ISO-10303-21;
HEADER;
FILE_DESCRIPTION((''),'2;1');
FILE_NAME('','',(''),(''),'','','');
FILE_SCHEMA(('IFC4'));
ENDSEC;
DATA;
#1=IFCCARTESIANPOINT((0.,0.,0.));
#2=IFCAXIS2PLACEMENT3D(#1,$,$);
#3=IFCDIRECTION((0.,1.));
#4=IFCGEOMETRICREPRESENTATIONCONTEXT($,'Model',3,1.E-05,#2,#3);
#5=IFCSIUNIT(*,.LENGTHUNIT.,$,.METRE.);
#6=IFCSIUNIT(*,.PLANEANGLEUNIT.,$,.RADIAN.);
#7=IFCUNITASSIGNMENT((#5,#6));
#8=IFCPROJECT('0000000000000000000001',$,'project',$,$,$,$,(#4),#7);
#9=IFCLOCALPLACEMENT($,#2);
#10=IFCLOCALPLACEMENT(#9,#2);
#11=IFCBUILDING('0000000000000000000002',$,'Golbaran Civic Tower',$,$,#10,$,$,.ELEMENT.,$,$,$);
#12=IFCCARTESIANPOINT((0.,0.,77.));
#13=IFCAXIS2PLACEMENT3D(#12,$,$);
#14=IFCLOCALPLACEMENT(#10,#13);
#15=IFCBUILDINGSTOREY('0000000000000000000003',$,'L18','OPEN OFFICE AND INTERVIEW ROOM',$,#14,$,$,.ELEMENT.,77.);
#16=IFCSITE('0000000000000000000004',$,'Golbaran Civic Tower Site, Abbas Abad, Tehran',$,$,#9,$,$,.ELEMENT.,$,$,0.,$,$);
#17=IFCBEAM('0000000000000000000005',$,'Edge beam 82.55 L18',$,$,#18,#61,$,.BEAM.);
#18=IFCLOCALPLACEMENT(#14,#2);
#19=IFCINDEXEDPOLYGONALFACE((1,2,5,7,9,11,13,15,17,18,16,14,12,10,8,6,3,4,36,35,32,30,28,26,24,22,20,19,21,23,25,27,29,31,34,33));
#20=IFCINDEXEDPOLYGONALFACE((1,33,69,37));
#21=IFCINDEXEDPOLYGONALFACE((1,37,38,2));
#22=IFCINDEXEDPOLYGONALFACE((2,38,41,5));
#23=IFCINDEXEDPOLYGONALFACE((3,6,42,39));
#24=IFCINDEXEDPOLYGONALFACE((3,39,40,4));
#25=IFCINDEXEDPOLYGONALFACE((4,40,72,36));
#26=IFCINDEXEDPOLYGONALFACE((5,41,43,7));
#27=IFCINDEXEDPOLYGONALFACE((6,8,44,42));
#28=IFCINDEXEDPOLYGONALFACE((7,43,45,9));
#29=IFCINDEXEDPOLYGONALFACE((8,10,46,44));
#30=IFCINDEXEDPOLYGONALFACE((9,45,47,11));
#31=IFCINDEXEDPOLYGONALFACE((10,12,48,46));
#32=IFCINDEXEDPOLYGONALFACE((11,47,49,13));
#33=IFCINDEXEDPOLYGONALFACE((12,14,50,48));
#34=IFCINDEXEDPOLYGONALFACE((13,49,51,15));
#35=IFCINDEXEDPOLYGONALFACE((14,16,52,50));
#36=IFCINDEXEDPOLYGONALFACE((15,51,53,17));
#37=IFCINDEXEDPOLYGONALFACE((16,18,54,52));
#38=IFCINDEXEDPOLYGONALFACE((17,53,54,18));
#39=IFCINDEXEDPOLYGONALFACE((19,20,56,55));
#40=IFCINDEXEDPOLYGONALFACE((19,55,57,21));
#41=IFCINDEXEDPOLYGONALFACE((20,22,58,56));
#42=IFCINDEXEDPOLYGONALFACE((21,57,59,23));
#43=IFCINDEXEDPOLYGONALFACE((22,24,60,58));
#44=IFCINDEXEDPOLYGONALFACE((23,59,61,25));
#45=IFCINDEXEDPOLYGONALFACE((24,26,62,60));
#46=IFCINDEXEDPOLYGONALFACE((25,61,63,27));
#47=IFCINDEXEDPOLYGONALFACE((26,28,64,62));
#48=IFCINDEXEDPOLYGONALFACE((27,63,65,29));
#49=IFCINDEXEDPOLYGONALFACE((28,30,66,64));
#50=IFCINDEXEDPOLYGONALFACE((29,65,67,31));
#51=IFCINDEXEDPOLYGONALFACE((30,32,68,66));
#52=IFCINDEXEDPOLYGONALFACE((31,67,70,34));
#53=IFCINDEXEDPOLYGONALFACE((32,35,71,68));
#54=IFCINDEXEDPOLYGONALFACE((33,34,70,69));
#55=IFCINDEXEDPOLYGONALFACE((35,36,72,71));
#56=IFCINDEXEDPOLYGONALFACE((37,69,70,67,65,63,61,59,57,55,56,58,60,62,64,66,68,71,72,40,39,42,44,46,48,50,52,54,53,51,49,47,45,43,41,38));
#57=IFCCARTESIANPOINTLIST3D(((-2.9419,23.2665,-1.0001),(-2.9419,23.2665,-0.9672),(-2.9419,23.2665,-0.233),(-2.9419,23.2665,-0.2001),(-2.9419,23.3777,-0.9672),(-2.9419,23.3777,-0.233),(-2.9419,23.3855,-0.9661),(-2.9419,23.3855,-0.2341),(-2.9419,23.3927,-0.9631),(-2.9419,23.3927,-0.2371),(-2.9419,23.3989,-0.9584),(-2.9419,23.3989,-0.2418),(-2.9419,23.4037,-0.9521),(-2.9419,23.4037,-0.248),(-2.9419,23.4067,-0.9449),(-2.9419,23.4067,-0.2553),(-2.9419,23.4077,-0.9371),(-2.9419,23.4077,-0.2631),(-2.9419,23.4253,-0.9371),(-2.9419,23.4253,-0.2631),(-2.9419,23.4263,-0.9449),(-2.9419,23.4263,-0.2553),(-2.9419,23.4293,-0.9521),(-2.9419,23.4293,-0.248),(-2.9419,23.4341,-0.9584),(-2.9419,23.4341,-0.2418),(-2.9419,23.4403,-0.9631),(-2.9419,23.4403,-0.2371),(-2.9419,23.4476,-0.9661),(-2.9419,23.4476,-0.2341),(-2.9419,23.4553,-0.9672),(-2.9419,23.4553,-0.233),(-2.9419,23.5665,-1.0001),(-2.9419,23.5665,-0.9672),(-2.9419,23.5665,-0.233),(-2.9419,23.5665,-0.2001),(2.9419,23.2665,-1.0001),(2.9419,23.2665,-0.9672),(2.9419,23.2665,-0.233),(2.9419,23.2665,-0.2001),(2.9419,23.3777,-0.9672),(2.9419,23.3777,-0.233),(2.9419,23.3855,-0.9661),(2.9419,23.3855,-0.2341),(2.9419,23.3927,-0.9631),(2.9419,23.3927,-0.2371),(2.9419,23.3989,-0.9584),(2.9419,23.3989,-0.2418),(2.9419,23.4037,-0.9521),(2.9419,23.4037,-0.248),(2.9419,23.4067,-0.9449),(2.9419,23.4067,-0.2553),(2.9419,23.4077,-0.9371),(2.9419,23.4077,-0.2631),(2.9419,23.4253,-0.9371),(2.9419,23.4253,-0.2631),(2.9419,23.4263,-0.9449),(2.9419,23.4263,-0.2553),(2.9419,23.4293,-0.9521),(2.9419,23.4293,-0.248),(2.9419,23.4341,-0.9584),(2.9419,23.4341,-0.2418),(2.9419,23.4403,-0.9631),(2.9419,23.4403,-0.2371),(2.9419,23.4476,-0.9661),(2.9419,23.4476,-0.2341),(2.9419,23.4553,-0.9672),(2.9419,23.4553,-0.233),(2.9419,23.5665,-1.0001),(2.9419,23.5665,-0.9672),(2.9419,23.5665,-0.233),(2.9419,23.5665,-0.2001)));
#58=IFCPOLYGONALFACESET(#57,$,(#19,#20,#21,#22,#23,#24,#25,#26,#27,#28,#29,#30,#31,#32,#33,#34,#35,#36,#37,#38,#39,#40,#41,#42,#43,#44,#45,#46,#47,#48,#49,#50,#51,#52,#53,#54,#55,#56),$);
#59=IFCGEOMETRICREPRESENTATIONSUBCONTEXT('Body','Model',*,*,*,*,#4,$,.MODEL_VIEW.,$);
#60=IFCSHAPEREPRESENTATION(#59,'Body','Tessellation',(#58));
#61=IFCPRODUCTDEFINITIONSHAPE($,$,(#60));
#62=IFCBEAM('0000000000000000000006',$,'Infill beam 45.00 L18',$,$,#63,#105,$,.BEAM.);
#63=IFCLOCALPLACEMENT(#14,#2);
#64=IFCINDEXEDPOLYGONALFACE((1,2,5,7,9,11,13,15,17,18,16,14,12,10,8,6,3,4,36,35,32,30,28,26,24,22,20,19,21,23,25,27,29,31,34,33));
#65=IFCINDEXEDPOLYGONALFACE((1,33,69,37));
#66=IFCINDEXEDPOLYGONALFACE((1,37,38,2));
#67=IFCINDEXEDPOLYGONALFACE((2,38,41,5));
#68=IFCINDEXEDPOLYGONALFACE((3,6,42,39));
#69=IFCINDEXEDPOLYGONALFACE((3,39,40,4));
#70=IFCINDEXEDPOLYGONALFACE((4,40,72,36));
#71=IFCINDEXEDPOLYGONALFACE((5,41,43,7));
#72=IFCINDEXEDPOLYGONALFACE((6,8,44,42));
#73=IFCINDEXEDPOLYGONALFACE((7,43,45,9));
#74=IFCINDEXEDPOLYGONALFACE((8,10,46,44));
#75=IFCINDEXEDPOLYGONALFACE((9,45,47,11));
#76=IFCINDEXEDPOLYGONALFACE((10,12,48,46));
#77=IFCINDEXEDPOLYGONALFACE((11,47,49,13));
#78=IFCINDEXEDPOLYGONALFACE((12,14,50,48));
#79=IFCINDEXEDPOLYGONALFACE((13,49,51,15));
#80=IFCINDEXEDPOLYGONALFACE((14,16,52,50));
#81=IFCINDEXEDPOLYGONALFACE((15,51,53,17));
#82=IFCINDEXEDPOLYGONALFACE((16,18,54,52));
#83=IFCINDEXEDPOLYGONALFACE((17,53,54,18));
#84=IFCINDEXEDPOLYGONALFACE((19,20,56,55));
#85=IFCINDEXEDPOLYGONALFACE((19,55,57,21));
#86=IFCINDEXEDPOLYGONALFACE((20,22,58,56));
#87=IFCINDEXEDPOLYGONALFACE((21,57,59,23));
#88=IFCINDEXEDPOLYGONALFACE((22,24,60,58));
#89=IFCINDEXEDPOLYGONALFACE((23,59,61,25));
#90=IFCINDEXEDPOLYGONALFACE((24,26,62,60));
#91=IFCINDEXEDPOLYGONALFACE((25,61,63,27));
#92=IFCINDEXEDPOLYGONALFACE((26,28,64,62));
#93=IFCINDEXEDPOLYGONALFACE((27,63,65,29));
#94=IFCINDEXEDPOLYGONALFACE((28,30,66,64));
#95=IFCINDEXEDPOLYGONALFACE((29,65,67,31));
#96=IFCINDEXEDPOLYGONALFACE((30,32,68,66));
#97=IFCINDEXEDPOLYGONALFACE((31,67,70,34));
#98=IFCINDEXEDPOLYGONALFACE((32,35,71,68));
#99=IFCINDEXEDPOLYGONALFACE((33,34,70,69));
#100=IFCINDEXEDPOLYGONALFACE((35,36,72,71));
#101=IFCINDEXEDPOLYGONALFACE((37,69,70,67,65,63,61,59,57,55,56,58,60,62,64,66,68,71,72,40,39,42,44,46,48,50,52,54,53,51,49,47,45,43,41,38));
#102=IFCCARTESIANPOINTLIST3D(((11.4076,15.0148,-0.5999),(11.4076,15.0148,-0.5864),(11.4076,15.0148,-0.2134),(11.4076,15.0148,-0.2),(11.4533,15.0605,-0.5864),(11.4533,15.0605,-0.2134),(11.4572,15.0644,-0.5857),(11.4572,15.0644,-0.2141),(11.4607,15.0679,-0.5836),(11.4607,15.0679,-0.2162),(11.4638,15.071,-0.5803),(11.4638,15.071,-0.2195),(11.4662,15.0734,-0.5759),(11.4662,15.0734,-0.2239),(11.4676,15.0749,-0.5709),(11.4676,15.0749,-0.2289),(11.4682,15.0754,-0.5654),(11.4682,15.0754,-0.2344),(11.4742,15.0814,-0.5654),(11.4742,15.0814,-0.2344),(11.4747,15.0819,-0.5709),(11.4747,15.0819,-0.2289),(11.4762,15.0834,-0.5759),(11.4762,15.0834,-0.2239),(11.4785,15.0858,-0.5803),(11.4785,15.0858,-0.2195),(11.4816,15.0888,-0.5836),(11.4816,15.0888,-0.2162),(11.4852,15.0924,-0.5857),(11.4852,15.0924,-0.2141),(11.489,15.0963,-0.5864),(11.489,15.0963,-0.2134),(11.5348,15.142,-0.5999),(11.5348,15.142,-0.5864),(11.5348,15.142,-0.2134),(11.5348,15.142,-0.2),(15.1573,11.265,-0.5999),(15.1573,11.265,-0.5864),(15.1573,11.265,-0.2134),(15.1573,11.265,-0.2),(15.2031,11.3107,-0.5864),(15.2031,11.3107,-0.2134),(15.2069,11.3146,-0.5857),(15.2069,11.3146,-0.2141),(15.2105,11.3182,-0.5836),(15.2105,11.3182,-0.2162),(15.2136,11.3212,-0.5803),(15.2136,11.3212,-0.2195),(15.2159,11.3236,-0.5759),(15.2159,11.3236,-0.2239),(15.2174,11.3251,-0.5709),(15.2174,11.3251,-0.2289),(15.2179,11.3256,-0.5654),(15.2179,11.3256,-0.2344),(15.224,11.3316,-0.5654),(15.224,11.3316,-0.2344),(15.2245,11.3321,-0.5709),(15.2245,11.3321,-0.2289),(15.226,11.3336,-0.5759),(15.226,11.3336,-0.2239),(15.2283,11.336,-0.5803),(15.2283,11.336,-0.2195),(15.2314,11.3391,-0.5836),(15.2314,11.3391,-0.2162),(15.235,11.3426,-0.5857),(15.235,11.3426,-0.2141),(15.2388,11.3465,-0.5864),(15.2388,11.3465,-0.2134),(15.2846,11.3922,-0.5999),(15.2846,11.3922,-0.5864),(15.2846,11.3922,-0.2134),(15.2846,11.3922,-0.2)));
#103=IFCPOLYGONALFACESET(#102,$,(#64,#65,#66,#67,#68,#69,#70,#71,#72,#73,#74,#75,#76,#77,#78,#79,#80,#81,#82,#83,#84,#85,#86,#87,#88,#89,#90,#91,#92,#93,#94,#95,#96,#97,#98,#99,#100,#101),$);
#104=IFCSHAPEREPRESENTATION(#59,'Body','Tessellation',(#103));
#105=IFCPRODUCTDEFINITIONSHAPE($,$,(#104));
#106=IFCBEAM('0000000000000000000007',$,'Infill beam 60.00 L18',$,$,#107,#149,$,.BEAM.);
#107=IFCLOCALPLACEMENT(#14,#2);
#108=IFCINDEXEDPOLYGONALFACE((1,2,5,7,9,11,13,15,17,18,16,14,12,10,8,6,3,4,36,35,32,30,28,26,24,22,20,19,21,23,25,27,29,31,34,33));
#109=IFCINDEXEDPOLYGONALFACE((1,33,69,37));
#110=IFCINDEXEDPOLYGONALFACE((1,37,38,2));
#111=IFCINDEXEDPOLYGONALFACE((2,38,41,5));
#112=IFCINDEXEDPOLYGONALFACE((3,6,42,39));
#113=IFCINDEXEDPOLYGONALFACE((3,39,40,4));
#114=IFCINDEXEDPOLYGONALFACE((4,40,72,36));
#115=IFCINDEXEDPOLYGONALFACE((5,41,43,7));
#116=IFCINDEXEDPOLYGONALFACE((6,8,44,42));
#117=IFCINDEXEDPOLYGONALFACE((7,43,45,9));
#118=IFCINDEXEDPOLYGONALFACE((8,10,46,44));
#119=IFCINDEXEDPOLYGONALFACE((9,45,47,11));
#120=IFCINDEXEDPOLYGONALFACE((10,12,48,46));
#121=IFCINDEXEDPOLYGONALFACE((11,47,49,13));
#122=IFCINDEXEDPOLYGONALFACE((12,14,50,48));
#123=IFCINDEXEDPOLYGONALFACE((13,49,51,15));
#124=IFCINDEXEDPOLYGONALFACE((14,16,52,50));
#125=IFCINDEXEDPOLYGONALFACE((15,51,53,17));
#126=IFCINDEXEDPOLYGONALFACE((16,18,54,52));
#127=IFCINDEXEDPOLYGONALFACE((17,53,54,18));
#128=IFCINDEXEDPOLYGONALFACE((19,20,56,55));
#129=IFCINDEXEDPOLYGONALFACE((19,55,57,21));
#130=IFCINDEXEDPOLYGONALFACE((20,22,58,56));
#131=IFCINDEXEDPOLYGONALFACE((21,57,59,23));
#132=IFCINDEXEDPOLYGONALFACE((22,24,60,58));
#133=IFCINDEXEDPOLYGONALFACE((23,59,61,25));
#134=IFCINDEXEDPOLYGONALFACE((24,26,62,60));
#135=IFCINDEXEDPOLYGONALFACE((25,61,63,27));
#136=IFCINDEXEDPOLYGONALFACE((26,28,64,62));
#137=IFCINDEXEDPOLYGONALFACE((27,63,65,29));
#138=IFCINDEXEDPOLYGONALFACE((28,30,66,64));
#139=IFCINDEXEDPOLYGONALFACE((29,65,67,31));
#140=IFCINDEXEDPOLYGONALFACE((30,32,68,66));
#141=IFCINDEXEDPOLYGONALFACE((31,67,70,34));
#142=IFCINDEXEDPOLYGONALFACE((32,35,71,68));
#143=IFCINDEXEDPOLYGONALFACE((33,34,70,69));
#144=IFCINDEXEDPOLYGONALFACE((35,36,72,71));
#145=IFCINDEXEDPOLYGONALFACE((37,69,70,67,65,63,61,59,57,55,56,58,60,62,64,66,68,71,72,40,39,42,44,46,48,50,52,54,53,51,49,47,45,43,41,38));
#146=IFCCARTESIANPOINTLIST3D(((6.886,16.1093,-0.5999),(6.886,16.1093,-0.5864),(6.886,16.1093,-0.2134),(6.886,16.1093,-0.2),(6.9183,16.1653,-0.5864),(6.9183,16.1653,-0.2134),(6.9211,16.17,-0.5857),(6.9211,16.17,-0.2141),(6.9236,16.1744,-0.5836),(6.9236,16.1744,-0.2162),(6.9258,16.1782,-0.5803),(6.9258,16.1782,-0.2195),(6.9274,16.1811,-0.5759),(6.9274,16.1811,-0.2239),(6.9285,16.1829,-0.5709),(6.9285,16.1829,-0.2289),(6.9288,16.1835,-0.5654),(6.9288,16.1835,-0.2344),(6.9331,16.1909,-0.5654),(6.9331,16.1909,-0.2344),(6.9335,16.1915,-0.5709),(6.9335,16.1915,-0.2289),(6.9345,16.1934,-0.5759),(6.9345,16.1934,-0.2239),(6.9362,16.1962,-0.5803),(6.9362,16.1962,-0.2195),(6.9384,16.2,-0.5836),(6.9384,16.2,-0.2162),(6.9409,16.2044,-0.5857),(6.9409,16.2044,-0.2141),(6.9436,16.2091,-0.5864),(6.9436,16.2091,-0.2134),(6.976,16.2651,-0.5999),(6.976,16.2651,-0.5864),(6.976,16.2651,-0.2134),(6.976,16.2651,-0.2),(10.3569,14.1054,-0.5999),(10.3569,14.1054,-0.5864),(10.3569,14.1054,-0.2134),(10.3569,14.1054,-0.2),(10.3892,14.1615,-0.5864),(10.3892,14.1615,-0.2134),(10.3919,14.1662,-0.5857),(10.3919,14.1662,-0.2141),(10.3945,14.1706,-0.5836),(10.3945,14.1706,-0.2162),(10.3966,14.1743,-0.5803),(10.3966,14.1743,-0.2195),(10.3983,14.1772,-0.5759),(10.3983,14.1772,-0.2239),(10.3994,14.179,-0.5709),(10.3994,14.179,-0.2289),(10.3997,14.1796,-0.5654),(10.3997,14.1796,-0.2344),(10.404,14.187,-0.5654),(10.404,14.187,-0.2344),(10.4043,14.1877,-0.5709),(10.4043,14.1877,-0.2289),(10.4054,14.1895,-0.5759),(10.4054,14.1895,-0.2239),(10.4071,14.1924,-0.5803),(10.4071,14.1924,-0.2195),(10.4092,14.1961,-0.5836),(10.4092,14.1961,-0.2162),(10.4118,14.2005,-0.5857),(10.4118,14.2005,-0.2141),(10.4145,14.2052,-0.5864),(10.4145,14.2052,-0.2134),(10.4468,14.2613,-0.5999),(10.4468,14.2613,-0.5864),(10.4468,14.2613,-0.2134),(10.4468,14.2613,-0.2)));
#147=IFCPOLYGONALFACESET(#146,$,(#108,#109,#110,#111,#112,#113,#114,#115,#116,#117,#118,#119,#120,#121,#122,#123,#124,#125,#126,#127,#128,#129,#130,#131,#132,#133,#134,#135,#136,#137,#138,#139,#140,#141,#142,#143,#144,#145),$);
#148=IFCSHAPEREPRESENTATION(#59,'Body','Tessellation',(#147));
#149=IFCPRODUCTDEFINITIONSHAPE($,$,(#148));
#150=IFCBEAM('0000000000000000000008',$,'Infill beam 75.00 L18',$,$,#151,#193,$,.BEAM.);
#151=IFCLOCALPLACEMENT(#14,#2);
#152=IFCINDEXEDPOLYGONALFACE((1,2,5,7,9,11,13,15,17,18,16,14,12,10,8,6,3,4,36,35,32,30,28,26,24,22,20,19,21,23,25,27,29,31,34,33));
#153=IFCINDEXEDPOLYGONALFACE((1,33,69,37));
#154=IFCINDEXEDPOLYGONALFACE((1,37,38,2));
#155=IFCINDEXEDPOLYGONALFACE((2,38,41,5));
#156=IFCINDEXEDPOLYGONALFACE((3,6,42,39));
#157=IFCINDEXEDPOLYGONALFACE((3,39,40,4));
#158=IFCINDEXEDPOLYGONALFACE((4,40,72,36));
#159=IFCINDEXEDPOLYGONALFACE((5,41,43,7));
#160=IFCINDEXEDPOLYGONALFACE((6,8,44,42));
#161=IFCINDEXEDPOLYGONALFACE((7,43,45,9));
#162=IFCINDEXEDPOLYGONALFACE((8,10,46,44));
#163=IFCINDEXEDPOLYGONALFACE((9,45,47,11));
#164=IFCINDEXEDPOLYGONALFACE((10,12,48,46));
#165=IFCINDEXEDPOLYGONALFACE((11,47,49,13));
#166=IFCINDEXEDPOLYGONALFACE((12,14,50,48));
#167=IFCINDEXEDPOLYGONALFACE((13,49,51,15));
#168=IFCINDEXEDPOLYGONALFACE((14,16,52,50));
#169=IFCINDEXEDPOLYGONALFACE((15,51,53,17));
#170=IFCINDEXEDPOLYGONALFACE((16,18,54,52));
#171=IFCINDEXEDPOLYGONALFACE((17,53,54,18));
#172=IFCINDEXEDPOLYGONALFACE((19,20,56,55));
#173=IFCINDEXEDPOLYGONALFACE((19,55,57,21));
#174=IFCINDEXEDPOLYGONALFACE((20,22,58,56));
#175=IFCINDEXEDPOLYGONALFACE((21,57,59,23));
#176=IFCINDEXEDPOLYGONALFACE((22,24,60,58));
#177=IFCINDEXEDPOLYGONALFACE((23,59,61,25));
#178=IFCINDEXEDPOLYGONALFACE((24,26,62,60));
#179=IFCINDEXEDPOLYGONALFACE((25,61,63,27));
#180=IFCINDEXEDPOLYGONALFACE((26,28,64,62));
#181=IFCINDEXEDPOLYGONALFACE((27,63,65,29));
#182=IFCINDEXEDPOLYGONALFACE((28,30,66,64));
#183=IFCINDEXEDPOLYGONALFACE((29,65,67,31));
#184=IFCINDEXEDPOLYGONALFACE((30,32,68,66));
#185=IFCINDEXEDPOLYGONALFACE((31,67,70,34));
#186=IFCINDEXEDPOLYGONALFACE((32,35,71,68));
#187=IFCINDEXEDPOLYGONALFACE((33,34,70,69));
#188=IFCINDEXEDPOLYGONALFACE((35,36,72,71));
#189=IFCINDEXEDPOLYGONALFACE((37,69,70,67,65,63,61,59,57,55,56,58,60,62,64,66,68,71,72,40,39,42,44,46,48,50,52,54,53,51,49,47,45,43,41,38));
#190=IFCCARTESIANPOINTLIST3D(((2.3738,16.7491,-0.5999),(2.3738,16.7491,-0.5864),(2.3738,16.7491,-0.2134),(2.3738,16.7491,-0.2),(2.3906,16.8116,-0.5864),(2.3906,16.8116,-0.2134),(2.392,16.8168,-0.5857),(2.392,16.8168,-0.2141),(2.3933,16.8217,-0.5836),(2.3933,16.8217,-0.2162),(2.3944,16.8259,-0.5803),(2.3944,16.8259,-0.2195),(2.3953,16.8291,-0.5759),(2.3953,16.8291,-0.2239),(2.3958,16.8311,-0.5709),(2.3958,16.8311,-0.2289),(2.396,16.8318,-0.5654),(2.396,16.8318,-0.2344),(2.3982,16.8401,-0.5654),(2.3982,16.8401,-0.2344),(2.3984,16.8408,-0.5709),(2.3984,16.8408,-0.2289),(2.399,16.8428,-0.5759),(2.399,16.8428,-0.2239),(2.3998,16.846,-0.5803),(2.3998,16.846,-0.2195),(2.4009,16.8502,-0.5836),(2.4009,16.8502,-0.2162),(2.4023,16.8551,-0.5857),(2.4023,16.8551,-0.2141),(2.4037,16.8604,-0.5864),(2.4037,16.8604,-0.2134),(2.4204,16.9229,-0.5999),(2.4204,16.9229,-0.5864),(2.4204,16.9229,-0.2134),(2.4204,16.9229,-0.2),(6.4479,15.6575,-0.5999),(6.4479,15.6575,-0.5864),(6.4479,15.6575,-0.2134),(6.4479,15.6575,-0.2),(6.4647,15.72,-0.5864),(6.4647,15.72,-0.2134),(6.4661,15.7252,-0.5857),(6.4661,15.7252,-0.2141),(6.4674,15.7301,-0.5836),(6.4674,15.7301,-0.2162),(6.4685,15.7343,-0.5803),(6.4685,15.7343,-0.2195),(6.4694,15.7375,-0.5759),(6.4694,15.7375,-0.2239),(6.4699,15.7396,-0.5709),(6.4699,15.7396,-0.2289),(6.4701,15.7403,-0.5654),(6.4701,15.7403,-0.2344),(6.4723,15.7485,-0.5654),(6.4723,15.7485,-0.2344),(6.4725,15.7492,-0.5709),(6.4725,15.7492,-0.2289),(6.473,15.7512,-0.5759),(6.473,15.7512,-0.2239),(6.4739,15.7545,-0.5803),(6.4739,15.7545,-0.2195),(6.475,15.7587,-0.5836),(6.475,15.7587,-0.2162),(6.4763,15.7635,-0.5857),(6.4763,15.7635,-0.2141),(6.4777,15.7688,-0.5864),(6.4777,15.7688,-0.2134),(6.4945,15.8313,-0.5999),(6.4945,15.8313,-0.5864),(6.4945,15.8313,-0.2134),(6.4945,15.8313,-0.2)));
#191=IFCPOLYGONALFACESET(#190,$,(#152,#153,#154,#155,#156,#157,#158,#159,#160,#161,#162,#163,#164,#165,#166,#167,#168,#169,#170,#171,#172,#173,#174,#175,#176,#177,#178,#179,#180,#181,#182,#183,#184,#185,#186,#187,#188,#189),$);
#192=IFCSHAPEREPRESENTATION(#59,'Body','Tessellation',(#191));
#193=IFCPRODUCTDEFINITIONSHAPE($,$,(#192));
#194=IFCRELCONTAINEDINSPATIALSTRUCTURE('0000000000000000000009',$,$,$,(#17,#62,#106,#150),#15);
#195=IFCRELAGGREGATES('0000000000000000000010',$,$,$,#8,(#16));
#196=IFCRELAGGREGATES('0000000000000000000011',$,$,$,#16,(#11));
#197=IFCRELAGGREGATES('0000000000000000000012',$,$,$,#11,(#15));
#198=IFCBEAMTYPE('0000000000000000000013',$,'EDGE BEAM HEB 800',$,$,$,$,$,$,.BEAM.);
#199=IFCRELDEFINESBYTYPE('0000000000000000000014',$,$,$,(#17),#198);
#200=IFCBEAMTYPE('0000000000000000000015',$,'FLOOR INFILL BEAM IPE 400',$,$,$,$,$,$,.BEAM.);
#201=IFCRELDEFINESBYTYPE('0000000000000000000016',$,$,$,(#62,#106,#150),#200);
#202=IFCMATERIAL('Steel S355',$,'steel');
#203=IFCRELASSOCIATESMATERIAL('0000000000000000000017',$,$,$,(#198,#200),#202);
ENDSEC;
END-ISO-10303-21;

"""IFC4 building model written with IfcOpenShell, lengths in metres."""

from ifc_helpers import new_model, si_unit, direction, frame, origin, origin_2d, place, context, subcontext, project, spatial, i_section, extrude, material, material_profile, profile_set, type_object, element, save


model = new_model("IFC4")

# Units and contexts
model_context = context("Model", 3, precision=1e-05, world=origin(), true_north=direction((0.0, 1.0)))
body_context = subcontext(model_context, "Body", "Model", "MODEL_VIEW")
ifc_project = project(units=[si_unit("LENGTHUNIT", "METRE"), si_unit("PLANEANGLEUNIT", "RADIAN")], contexts=[model_context])

# Site, building, storey
site_placement = place(None, origin())
site = spatial("IfcSite", under=ifc_project, at=site_placement, Name="Golbaran Civic Tower Site, Abbas Abad, Tehran", CompositionType="ELEMENT", RefElevation=0.0)
building_placement = place(site_placement, origin())
building = spatial("IfcBuilding", under=site, at=building_placement, Name="Golbaran Civic Tower", CompositionType="ELEMENT")
storey_placement = place(building_placement, frame((0.0, 0.0, 77.0)))
storey = spatial("IfcBuildingStorey", under=building, at=storey_placement, Name="L18", Description="OPEN OFFICE AND INTERVIEW ROOM", CompositionType="ELEMENT", Elevation=77.0)

# Beams
ifc_material_1 = material(Name="Steel S355", Category="steel")
ifc_material_profile_1 = material_profile(ifc_material_1, i_section(OverallWidth=0.3, OverallDepth=0.8, WebThickness=0.0176, FlangeThickness=0.033, FilletRadius=0.03, at=origin_2d()), Name="HEB 800")
ifc_profile_set_1 = profile_set([ifc_material_profile_1], Name="Steel S355")
beam_type_1 = type_object("IfcBeamType", Name="EDGE BEAM HEB 800", PredefinedType="BEAM", material=ifc_profile_set_1)
beam_1_placement = place(storey_placement, frame((2.9419, 23.4165, -0.6001), z_axis=(-1.0, 0.0, 0.0), x_axis=(0.0, -1.0, 0.0)))
element("IfcBeam", 1, at=beam_1_placement, inside=storey, type_object=beam_type_1, Name="Edge beam 82.55 L18", PredefinedType="BEAM", context=body_context, shape_type="SweptSolid", body=[
    extrude(i_section(OverallWidth=0.3, OverallDepth=0.8, WebThickness=0.0176, FlangeThickness=0.033, FilletRadius=0.03, at=origin_2d()), origin(), (0.0, 0.0, 1.0), 5.8838),
])
ifc_material_profile_2 = material_profile(ifc_material_1, i_section(OverallWidth=0.1799, OverallDepth=0.3999, WebThickness=0.0085, FlangeThickness=0.0134, FilletRadius=0.021, at=origin_2d()), Name="IPE 400")
ifc_profile_set_2 = profile_set([ifc_material_profile_2], Name="Steel S355")
beam_type_2 = type_object("IfcBeamType", Name="FLOOR INFILL BEAM IPE 400", PredefinedType="BEAM", material=ifc_profile_set_2)
beam_2_placement = place(storey_placement, frame((15.2209, 11.3286, -0.3999), z_axis=(-0.707107, 0.707107, 0.0), x_axis=(-0.707107, -0.707107, 0.0)))
element("IfcBeam", 2, at=beam_2_placement, inside=storey, type_object=beam_type_2, Name="Infill beam 45.00 L18", PredefinedType="BEAM", context=body_context, shape_type="SweptSolid", body=[
    extrude(i_section(OverallWidth=0.1799, OverallDepth=0.3999, WebThickness=0.0085, FlangeThickness=0.0134, FilletRadius=0.021, at=origin_2d()), origin(), (0.0, 0.0, 1.0), 5.303),
])
beam_3_placement = place(storey_placement, frame((10.4019, 14.1833, -0.3999), z_axis=(-0.86603, 0.499991, 0.0), x_axis=(-0.499991, -0.86603, 0.0)))
element("IfcBeam", 3, at=beam_3_placement, inside=storey, type_object=beam_type_2, Name="Infill beam 60.00 L18", PredefinedType="BEAM", context=body_context, shape_type="SweptSolid", body=[
    extrude(i_section(OverallWidth=0.1799, OverallDepth=0.3999, WebThickness=0.0085, FlangeThickness=0.0134, FilletRadius=0.021, at=origin_2d()), origin(), (0.0, 0.0, 1.0), 4.0078),
])
beam_4_placement = place(storey_placement, frame((6.4712, 15.7444, -0.3999), z_axis=(-0.96593, 0.258805, 0.0), x_axis=(-0.258805, -0.96593, 0.0)))
element("IfcBeam", 4, at=beam_4_placement, inside=storey, type_object=beam_type_2, Name="Infill beam 75.00 L18", PredefinedType="BEAM", context=body_context, shape_type="SweptSolid", body=[
    extrude(i_section(OverallWidth=0.1799, OverallDepth=0.3999, WebThickness=0.0085, FlangeThickness=0.0134, FilletRadius=0.021, at=origin_2d()), origin(), (0.0, 0.0, 1.0), 4.2178),
])

save(model, "model.ifc")
